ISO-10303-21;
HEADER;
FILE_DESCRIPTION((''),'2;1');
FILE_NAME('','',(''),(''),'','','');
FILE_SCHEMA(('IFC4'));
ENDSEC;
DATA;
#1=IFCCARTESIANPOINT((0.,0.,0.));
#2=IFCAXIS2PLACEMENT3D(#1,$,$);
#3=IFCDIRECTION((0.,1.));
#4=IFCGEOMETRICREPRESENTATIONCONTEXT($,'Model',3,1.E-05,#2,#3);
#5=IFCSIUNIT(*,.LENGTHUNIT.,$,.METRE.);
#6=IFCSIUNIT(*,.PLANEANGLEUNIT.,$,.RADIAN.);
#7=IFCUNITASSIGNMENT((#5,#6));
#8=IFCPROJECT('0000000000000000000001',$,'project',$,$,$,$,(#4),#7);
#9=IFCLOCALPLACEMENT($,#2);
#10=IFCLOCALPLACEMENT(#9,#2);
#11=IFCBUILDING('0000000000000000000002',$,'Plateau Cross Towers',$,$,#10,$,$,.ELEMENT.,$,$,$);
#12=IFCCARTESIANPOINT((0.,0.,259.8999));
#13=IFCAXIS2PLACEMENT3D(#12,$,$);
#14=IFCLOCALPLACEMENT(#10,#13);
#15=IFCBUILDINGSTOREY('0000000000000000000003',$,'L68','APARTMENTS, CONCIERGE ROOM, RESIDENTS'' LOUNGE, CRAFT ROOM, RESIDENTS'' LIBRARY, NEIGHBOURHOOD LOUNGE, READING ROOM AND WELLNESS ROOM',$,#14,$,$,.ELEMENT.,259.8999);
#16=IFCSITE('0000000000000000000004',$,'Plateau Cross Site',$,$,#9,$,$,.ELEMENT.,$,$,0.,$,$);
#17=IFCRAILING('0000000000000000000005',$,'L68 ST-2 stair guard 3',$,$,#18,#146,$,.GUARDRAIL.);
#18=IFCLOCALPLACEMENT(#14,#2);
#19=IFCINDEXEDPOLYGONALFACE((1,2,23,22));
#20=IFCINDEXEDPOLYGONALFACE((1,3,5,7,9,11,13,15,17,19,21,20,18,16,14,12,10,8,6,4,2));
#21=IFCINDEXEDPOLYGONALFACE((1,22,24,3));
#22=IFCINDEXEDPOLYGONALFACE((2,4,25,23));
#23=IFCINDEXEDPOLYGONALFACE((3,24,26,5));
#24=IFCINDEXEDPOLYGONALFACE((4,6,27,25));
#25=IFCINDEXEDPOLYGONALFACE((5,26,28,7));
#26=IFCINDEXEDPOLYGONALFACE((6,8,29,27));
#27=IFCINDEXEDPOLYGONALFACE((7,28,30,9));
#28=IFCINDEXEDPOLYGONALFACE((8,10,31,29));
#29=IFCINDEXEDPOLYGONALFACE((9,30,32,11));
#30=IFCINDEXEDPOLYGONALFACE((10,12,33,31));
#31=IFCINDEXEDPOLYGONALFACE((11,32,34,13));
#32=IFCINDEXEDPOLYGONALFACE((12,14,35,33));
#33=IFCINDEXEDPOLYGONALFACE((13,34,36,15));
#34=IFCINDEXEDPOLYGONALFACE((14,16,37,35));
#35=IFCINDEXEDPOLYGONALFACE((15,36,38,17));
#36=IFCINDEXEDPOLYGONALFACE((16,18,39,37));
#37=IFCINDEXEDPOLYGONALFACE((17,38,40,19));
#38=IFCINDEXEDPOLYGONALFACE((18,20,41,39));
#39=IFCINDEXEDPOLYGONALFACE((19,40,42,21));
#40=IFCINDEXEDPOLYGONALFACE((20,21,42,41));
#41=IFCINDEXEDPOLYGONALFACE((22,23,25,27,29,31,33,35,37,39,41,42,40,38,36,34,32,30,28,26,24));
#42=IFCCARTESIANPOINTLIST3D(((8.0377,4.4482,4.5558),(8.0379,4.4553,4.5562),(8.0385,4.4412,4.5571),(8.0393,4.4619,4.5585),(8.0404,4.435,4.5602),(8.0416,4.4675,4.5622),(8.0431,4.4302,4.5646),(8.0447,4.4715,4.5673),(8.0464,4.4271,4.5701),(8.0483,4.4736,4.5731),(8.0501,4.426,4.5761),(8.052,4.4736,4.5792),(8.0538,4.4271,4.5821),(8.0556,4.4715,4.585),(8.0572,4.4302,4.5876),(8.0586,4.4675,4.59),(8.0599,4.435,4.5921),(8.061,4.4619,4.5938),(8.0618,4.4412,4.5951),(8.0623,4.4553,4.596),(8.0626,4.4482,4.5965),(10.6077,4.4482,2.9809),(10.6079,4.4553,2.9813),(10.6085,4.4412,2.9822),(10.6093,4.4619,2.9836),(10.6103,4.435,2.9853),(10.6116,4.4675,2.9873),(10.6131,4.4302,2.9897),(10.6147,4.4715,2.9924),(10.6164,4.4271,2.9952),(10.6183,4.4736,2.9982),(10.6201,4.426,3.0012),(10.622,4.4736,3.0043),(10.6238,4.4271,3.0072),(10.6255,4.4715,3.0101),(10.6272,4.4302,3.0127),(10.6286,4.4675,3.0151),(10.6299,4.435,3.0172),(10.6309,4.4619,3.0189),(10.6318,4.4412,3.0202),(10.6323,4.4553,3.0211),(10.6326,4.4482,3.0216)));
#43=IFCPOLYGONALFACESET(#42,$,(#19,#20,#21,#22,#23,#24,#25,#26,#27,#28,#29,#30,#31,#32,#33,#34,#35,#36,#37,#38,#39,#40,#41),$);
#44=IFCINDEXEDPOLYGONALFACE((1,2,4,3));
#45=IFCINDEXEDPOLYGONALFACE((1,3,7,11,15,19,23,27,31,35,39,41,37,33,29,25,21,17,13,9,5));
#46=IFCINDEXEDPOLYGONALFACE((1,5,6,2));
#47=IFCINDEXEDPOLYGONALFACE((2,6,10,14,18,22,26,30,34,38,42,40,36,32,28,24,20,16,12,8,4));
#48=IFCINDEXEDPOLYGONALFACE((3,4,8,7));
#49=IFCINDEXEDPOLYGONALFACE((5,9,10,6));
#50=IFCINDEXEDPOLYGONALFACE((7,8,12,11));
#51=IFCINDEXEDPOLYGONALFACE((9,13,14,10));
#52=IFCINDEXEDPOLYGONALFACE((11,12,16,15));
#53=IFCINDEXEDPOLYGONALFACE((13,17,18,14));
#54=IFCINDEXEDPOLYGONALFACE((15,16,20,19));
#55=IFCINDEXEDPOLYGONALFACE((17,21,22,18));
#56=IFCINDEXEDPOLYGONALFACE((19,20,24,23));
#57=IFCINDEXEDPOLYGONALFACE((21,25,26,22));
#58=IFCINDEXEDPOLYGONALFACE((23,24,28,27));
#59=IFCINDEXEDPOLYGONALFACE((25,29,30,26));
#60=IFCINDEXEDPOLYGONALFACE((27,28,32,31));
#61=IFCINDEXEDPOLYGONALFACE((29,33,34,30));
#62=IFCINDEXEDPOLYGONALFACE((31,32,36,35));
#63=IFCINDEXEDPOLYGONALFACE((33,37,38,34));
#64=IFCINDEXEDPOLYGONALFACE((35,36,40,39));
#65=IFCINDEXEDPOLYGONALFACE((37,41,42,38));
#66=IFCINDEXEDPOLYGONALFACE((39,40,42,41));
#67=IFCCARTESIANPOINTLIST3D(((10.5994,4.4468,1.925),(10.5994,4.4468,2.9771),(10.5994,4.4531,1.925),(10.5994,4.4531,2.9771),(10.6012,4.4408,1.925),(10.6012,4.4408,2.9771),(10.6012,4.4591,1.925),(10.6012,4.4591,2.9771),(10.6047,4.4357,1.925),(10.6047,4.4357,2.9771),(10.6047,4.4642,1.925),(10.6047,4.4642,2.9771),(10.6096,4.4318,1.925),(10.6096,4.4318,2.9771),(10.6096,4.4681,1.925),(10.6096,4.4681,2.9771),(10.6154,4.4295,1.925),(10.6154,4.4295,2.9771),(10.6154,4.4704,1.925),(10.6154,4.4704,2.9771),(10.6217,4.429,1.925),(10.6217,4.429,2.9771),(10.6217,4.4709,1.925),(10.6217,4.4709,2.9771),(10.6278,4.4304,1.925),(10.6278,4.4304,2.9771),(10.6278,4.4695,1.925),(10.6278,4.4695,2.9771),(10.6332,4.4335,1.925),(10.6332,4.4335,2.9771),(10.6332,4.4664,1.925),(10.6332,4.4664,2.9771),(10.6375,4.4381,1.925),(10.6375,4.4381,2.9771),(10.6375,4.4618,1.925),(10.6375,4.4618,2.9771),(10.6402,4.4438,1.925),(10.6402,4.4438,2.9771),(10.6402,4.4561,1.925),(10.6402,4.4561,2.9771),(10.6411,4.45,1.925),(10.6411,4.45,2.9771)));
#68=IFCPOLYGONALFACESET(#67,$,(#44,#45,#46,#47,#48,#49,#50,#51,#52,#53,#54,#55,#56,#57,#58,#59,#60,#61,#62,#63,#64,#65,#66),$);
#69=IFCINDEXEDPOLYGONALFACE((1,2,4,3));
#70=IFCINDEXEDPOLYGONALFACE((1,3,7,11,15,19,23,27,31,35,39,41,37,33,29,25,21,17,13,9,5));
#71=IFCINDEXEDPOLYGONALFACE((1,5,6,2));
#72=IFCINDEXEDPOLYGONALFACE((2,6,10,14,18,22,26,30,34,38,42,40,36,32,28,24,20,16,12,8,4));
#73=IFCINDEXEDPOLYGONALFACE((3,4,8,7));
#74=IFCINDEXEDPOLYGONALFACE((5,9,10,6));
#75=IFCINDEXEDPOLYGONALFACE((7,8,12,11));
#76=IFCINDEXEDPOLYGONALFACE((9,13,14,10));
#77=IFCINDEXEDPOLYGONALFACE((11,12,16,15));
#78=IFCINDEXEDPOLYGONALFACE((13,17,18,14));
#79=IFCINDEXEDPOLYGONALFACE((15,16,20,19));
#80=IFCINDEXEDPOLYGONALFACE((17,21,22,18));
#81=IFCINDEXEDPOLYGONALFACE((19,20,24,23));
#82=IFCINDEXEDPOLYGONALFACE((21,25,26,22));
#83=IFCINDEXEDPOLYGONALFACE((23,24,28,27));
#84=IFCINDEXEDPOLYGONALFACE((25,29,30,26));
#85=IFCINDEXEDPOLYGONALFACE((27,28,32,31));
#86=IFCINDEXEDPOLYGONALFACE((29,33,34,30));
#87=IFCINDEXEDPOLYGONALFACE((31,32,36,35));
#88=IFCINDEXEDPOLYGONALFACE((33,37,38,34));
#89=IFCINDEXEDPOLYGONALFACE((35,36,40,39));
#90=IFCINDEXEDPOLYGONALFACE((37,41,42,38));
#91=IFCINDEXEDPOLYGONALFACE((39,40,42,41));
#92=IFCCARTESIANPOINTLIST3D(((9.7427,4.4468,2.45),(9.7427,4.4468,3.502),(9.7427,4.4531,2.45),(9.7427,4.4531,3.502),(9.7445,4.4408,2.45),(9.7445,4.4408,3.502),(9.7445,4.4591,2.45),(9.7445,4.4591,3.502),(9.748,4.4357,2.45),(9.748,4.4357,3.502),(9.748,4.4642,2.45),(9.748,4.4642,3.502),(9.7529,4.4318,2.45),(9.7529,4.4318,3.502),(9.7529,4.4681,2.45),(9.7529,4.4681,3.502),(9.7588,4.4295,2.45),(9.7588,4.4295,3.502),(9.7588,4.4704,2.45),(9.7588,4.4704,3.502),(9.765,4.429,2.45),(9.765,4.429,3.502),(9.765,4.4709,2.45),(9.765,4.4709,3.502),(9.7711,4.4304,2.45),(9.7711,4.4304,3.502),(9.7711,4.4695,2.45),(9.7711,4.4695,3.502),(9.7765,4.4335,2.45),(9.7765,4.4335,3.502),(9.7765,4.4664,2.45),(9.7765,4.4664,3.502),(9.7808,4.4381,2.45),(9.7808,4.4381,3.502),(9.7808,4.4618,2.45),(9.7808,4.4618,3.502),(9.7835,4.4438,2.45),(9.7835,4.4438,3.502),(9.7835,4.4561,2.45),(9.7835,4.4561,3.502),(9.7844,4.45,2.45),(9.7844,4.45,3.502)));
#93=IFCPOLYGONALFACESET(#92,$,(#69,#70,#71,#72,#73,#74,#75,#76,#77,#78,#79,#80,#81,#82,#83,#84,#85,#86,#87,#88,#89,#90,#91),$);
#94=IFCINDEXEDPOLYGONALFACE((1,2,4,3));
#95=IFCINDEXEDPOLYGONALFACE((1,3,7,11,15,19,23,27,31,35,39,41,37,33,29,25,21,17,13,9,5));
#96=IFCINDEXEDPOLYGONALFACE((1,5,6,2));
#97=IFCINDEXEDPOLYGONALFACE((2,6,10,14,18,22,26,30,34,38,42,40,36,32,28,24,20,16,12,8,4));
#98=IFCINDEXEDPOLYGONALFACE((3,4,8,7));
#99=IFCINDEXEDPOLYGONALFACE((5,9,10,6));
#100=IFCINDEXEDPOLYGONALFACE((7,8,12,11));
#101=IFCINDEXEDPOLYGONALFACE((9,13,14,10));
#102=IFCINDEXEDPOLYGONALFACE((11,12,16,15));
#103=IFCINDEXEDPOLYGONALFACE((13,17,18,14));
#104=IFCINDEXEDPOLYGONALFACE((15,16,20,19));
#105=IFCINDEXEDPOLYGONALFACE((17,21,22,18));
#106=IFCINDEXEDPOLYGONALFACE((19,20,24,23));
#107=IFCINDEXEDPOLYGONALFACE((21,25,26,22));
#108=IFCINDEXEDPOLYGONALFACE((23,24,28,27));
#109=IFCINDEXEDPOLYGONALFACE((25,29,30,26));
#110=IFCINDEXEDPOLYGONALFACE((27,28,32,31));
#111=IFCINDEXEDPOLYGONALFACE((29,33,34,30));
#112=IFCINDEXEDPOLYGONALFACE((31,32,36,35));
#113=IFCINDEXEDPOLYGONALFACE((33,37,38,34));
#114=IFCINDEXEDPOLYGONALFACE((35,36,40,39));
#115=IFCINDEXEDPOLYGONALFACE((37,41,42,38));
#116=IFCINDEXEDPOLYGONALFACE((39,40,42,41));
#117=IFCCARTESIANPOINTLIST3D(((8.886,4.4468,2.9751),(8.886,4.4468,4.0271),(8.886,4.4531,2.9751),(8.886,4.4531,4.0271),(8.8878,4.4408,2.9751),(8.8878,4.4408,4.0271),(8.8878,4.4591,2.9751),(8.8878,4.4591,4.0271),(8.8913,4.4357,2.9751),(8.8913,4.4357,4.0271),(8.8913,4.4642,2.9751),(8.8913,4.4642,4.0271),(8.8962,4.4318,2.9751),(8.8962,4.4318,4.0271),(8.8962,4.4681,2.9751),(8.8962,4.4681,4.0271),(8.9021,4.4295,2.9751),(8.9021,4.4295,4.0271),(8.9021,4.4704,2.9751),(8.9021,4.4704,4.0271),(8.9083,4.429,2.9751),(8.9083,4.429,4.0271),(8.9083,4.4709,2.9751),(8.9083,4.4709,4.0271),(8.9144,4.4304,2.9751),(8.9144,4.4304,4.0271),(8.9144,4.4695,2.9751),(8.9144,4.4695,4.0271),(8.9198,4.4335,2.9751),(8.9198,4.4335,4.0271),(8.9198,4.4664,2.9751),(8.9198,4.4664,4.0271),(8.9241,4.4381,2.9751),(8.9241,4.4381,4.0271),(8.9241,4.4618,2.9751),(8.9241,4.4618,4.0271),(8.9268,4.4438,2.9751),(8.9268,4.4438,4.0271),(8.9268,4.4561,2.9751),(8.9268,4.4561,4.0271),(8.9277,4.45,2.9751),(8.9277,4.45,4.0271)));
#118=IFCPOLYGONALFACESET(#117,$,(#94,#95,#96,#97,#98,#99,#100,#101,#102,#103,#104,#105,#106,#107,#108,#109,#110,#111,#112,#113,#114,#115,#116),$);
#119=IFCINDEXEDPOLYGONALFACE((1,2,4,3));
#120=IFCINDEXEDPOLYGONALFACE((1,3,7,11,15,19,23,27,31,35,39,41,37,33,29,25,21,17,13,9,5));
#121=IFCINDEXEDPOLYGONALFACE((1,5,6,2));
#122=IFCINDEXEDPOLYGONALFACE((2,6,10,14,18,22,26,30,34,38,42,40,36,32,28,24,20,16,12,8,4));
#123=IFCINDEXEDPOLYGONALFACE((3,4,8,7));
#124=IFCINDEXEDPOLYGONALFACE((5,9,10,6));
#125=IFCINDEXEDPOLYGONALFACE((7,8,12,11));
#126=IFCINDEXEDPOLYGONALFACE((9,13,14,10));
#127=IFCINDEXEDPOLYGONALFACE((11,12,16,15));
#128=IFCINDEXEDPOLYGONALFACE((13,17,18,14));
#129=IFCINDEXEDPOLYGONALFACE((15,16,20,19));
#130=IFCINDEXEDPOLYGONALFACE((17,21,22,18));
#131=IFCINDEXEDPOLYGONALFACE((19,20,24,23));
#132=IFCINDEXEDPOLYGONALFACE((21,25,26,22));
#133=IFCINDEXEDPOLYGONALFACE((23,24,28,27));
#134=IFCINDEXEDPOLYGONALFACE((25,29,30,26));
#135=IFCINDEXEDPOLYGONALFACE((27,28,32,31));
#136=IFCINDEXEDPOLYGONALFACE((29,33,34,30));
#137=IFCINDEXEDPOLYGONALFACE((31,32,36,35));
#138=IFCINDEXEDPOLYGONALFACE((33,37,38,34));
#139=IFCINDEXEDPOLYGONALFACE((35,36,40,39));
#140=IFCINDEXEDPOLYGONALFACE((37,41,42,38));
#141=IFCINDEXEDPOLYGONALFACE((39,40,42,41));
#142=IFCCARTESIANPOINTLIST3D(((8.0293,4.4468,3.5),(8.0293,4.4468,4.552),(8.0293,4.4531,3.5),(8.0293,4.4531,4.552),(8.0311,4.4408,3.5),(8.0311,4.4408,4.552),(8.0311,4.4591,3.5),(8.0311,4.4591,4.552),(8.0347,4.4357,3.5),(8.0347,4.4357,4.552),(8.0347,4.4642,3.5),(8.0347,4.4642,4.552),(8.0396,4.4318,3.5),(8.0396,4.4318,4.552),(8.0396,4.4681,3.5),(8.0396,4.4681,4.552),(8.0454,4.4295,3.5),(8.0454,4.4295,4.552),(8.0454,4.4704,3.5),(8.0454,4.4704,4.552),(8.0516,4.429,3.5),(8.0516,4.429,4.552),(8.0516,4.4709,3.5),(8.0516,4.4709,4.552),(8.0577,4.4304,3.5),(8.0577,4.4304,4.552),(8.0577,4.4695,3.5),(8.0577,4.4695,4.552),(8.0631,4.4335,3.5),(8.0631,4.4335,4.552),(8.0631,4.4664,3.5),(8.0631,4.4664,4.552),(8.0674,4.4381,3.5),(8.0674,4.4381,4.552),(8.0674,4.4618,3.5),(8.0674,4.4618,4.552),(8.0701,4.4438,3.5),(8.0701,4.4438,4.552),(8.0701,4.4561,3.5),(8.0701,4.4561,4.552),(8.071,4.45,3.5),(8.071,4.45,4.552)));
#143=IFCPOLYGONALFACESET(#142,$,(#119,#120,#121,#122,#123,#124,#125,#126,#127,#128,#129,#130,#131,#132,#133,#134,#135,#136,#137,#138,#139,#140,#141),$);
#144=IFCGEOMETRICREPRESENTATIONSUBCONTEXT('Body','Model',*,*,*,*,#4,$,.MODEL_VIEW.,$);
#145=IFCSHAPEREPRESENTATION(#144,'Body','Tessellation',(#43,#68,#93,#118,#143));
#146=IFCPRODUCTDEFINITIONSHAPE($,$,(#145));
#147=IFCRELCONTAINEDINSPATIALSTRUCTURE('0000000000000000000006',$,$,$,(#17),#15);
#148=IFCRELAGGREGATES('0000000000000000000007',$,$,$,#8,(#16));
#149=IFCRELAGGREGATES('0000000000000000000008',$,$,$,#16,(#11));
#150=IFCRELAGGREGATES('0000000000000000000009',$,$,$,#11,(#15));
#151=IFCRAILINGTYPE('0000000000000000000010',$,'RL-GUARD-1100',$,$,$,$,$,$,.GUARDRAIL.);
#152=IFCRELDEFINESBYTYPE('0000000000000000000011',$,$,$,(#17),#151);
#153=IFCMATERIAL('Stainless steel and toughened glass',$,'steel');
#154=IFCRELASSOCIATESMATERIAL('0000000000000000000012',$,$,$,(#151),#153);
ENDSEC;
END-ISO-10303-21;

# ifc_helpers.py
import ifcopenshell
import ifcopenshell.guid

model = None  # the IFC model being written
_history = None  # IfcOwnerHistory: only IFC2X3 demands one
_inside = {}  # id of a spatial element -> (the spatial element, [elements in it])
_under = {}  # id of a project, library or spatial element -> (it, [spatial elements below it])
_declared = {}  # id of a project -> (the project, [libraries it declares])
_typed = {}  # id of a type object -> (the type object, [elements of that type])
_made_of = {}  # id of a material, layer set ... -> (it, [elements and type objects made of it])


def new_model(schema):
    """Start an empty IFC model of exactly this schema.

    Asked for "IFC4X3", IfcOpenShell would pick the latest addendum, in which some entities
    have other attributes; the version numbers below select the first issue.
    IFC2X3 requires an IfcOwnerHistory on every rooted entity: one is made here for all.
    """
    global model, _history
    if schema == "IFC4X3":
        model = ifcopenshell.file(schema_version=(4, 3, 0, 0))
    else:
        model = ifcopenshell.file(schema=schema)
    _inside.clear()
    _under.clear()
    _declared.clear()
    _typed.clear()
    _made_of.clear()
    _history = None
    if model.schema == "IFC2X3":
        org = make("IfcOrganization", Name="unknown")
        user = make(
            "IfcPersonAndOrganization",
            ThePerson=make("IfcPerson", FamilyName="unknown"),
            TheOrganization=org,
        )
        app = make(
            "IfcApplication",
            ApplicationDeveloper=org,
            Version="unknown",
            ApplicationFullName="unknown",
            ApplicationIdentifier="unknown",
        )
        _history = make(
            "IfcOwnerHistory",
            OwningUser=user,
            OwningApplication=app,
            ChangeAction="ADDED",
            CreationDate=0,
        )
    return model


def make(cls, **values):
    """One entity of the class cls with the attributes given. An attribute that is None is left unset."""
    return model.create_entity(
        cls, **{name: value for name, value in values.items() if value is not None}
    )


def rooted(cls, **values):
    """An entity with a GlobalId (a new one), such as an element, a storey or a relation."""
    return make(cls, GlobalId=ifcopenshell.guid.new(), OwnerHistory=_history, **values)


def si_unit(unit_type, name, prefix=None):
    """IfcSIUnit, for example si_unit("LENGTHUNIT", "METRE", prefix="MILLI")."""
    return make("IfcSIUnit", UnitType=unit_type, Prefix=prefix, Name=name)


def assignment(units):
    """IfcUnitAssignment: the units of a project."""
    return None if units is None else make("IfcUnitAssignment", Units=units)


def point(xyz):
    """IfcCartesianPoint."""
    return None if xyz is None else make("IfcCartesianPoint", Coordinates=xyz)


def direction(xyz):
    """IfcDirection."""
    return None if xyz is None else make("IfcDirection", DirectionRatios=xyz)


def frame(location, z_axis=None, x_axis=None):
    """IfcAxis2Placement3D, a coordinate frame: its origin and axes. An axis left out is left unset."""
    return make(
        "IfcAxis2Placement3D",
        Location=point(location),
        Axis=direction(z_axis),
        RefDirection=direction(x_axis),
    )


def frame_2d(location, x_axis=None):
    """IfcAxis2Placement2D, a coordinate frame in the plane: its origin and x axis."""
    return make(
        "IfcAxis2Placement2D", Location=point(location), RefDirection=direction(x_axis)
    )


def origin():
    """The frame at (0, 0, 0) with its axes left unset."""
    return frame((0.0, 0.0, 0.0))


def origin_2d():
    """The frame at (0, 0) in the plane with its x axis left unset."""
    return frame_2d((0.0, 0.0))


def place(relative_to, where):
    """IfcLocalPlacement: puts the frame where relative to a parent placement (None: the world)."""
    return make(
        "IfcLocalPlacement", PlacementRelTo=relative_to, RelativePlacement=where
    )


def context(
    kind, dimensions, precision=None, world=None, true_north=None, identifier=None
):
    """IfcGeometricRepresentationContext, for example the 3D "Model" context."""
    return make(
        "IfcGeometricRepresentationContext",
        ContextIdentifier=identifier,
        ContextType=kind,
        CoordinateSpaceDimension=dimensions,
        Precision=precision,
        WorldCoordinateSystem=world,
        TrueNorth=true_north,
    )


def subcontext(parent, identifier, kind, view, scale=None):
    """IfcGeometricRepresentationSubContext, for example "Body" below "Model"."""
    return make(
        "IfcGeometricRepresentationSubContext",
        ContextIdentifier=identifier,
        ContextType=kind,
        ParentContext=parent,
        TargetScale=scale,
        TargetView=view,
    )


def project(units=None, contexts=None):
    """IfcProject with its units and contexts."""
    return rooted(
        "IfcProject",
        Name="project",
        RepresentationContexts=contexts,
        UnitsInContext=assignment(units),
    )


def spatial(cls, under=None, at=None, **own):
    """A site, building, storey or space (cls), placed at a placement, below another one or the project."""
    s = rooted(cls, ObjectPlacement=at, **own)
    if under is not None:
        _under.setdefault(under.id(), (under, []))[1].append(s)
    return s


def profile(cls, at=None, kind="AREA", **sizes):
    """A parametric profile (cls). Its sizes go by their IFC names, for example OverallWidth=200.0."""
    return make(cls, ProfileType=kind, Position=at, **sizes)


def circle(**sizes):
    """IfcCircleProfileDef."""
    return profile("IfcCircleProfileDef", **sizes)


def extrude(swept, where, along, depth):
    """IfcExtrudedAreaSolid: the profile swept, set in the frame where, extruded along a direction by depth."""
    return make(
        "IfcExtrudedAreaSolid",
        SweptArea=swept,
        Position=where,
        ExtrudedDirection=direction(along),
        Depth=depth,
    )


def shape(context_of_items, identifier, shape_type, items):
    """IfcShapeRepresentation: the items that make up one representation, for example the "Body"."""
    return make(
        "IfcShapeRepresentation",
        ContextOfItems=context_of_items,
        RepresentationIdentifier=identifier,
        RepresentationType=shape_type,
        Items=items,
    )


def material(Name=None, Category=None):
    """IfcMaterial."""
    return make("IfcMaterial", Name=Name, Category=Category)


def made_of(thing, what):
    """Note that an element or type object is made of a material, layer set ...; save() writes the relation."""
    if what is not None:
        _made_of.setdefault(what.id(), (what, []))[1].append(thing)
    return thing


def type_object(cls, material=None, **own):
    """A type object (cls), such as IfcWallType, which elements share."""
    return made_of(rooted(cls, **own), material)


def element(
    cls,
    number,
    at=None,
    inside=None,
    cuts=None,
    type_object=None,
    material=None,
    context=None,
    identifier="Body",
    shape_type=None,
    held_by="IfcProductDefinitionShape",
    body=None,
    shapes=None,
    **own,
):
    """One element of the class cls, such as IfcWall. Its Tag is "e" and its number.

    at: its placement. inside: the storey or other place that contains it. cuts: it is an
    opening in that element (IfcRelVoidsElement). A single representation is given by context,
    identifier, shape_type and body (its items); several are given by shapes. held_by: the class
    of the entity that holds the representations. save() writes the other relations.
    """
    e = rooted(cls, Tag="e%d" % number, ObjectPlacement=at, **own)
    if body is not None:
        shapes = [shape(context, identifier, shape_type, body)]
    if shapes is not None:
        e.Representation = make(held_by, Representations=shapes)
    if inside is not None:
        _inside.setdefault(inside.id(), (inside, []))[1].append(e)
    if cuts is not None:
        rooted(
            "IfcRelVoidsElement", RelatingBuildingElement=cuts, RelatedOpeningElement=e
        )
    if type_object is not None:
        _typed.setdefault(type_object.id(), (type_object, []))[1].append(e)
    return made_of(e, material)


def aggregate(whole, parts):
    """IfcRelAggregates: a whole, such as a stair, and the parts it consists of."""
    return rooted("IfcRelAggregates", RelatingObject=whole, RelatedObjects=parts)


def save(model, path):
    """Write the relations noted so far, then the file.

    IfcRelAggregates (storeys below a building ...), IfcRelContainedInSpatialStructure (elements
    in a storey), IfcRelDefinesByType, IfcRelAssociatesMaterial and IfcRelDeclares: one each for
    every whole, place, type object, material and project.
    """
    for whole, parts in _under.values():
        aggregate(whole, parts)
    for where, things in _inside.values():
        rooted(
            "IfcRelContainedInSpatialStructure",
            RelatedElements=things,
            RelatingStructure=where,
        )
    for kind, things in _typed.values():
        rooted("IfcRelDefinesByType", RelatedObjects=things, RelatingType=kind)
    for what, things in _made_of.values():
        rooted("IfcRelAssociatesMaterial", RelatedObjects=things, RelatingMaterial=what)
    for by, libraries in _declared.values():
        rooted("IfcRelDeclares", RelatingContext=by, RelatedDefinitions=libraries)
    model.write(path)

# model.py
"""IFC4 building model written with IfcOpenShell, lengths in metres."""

from ifc_helpers import new_model, si_unit, direction, frame, origin, origin_2d, place, context, subcontext, project, spatial, circle, extrude, material, type_object, element, save


model = new_model("IFC4")

# Units and contexts
model_context = context("Model", 3, precision=1e-05, world=origin(), true_north=direction((0.0, 1.0)))
body_context = subcontext(model_context, "Body", "Model", "MODEL_VIEW")
ifc_project = project(units=[si_unit("LENGTHUNIT", "METRE"), si_unit("PLANEANGLEUNIT", "RADIAN")], contexts=[model_context])

# Site, building, storey
site_placement = place(None, origin())
site = spatial("IfcSite", under=ifc_project, at=site_placement, Name="Plateau Cross Site", CompositionType="ELEMENT", RefElevation=0.0)
building_placement = place(site_placement, origin())
building = spatial("IfcBuilding", under=site, at=building_placement, Name="Plateau Cross Towers", CompositionType="ELEMENT")
storey_placement = place(building_placement, frame((0.0, 0.0, 259.8999)))
storey = spatial("IfcBuildingStorey", under=building, at=storey_placement, Name="L68", Description="APARTMENTS, CONCIERGE ROOM, RESIDENTS' LOUNGE, CRAFT ROOM, RESIDENTS' LIBRARY, NEIGHBOURHOOD LOUNGE, READING ROOM AND WELLNESS ROOM", CompositionType="ELEMENT", Elevation=259.8999)

# Railing
ifc_material_1 = material(Name="Stainless steel and toughened glass", Category="steel")
railing_type_1 = type_object("IfcRailingType", Name="RL-GUARD-1100", PredefinedType="GUARDRAIL", material=ifc_material_1)
railing_1_placement = place(storey_placement, frame((10.6201, 4.45, 1.925)))
element("IfcRailing", 1, at=railing_1_placement, inside=storey, type_object=railing_type_1, Name="L68 ST-2 stair guard 3", PredefinedType="GUARDRAIL", context=body_context, shape_type="SweptSolid", body=[
    extrude(circle(Radius=0.0239, at=origin_2d()), frame((0.0, 0.0, 1.0762), z_axis=(-0.852639, 0.0, 0.522501), x_axis=(0.0, -1.0, 0.0)), (0.0, 0.0, 1.0), 3.0142),
    extrude(circle(Radius=0.021, at=origin_2d()), origin(), (0.0, 0.0, 1.0), 1.052),
    extrude(circle(Radius=0.021, at=origin_2d()), frame((-0.8567, 0.0, 0.5249)), (0.0, 0.0, 1.0), 1.052),
    extrude(circle(Radius=0.021, at=origin_2d()), frame((-1.7134, 0.0, 1.05)), (0.0, 0.0, 1.0), 1.052),
    extrude(circle(Radius=0.021, at=origin_2d()), frame((-2.5701, 0.0, 1.575)), (0.0, 0.0, 1.0), 1.052),
])

save(model, "model.ifc")
